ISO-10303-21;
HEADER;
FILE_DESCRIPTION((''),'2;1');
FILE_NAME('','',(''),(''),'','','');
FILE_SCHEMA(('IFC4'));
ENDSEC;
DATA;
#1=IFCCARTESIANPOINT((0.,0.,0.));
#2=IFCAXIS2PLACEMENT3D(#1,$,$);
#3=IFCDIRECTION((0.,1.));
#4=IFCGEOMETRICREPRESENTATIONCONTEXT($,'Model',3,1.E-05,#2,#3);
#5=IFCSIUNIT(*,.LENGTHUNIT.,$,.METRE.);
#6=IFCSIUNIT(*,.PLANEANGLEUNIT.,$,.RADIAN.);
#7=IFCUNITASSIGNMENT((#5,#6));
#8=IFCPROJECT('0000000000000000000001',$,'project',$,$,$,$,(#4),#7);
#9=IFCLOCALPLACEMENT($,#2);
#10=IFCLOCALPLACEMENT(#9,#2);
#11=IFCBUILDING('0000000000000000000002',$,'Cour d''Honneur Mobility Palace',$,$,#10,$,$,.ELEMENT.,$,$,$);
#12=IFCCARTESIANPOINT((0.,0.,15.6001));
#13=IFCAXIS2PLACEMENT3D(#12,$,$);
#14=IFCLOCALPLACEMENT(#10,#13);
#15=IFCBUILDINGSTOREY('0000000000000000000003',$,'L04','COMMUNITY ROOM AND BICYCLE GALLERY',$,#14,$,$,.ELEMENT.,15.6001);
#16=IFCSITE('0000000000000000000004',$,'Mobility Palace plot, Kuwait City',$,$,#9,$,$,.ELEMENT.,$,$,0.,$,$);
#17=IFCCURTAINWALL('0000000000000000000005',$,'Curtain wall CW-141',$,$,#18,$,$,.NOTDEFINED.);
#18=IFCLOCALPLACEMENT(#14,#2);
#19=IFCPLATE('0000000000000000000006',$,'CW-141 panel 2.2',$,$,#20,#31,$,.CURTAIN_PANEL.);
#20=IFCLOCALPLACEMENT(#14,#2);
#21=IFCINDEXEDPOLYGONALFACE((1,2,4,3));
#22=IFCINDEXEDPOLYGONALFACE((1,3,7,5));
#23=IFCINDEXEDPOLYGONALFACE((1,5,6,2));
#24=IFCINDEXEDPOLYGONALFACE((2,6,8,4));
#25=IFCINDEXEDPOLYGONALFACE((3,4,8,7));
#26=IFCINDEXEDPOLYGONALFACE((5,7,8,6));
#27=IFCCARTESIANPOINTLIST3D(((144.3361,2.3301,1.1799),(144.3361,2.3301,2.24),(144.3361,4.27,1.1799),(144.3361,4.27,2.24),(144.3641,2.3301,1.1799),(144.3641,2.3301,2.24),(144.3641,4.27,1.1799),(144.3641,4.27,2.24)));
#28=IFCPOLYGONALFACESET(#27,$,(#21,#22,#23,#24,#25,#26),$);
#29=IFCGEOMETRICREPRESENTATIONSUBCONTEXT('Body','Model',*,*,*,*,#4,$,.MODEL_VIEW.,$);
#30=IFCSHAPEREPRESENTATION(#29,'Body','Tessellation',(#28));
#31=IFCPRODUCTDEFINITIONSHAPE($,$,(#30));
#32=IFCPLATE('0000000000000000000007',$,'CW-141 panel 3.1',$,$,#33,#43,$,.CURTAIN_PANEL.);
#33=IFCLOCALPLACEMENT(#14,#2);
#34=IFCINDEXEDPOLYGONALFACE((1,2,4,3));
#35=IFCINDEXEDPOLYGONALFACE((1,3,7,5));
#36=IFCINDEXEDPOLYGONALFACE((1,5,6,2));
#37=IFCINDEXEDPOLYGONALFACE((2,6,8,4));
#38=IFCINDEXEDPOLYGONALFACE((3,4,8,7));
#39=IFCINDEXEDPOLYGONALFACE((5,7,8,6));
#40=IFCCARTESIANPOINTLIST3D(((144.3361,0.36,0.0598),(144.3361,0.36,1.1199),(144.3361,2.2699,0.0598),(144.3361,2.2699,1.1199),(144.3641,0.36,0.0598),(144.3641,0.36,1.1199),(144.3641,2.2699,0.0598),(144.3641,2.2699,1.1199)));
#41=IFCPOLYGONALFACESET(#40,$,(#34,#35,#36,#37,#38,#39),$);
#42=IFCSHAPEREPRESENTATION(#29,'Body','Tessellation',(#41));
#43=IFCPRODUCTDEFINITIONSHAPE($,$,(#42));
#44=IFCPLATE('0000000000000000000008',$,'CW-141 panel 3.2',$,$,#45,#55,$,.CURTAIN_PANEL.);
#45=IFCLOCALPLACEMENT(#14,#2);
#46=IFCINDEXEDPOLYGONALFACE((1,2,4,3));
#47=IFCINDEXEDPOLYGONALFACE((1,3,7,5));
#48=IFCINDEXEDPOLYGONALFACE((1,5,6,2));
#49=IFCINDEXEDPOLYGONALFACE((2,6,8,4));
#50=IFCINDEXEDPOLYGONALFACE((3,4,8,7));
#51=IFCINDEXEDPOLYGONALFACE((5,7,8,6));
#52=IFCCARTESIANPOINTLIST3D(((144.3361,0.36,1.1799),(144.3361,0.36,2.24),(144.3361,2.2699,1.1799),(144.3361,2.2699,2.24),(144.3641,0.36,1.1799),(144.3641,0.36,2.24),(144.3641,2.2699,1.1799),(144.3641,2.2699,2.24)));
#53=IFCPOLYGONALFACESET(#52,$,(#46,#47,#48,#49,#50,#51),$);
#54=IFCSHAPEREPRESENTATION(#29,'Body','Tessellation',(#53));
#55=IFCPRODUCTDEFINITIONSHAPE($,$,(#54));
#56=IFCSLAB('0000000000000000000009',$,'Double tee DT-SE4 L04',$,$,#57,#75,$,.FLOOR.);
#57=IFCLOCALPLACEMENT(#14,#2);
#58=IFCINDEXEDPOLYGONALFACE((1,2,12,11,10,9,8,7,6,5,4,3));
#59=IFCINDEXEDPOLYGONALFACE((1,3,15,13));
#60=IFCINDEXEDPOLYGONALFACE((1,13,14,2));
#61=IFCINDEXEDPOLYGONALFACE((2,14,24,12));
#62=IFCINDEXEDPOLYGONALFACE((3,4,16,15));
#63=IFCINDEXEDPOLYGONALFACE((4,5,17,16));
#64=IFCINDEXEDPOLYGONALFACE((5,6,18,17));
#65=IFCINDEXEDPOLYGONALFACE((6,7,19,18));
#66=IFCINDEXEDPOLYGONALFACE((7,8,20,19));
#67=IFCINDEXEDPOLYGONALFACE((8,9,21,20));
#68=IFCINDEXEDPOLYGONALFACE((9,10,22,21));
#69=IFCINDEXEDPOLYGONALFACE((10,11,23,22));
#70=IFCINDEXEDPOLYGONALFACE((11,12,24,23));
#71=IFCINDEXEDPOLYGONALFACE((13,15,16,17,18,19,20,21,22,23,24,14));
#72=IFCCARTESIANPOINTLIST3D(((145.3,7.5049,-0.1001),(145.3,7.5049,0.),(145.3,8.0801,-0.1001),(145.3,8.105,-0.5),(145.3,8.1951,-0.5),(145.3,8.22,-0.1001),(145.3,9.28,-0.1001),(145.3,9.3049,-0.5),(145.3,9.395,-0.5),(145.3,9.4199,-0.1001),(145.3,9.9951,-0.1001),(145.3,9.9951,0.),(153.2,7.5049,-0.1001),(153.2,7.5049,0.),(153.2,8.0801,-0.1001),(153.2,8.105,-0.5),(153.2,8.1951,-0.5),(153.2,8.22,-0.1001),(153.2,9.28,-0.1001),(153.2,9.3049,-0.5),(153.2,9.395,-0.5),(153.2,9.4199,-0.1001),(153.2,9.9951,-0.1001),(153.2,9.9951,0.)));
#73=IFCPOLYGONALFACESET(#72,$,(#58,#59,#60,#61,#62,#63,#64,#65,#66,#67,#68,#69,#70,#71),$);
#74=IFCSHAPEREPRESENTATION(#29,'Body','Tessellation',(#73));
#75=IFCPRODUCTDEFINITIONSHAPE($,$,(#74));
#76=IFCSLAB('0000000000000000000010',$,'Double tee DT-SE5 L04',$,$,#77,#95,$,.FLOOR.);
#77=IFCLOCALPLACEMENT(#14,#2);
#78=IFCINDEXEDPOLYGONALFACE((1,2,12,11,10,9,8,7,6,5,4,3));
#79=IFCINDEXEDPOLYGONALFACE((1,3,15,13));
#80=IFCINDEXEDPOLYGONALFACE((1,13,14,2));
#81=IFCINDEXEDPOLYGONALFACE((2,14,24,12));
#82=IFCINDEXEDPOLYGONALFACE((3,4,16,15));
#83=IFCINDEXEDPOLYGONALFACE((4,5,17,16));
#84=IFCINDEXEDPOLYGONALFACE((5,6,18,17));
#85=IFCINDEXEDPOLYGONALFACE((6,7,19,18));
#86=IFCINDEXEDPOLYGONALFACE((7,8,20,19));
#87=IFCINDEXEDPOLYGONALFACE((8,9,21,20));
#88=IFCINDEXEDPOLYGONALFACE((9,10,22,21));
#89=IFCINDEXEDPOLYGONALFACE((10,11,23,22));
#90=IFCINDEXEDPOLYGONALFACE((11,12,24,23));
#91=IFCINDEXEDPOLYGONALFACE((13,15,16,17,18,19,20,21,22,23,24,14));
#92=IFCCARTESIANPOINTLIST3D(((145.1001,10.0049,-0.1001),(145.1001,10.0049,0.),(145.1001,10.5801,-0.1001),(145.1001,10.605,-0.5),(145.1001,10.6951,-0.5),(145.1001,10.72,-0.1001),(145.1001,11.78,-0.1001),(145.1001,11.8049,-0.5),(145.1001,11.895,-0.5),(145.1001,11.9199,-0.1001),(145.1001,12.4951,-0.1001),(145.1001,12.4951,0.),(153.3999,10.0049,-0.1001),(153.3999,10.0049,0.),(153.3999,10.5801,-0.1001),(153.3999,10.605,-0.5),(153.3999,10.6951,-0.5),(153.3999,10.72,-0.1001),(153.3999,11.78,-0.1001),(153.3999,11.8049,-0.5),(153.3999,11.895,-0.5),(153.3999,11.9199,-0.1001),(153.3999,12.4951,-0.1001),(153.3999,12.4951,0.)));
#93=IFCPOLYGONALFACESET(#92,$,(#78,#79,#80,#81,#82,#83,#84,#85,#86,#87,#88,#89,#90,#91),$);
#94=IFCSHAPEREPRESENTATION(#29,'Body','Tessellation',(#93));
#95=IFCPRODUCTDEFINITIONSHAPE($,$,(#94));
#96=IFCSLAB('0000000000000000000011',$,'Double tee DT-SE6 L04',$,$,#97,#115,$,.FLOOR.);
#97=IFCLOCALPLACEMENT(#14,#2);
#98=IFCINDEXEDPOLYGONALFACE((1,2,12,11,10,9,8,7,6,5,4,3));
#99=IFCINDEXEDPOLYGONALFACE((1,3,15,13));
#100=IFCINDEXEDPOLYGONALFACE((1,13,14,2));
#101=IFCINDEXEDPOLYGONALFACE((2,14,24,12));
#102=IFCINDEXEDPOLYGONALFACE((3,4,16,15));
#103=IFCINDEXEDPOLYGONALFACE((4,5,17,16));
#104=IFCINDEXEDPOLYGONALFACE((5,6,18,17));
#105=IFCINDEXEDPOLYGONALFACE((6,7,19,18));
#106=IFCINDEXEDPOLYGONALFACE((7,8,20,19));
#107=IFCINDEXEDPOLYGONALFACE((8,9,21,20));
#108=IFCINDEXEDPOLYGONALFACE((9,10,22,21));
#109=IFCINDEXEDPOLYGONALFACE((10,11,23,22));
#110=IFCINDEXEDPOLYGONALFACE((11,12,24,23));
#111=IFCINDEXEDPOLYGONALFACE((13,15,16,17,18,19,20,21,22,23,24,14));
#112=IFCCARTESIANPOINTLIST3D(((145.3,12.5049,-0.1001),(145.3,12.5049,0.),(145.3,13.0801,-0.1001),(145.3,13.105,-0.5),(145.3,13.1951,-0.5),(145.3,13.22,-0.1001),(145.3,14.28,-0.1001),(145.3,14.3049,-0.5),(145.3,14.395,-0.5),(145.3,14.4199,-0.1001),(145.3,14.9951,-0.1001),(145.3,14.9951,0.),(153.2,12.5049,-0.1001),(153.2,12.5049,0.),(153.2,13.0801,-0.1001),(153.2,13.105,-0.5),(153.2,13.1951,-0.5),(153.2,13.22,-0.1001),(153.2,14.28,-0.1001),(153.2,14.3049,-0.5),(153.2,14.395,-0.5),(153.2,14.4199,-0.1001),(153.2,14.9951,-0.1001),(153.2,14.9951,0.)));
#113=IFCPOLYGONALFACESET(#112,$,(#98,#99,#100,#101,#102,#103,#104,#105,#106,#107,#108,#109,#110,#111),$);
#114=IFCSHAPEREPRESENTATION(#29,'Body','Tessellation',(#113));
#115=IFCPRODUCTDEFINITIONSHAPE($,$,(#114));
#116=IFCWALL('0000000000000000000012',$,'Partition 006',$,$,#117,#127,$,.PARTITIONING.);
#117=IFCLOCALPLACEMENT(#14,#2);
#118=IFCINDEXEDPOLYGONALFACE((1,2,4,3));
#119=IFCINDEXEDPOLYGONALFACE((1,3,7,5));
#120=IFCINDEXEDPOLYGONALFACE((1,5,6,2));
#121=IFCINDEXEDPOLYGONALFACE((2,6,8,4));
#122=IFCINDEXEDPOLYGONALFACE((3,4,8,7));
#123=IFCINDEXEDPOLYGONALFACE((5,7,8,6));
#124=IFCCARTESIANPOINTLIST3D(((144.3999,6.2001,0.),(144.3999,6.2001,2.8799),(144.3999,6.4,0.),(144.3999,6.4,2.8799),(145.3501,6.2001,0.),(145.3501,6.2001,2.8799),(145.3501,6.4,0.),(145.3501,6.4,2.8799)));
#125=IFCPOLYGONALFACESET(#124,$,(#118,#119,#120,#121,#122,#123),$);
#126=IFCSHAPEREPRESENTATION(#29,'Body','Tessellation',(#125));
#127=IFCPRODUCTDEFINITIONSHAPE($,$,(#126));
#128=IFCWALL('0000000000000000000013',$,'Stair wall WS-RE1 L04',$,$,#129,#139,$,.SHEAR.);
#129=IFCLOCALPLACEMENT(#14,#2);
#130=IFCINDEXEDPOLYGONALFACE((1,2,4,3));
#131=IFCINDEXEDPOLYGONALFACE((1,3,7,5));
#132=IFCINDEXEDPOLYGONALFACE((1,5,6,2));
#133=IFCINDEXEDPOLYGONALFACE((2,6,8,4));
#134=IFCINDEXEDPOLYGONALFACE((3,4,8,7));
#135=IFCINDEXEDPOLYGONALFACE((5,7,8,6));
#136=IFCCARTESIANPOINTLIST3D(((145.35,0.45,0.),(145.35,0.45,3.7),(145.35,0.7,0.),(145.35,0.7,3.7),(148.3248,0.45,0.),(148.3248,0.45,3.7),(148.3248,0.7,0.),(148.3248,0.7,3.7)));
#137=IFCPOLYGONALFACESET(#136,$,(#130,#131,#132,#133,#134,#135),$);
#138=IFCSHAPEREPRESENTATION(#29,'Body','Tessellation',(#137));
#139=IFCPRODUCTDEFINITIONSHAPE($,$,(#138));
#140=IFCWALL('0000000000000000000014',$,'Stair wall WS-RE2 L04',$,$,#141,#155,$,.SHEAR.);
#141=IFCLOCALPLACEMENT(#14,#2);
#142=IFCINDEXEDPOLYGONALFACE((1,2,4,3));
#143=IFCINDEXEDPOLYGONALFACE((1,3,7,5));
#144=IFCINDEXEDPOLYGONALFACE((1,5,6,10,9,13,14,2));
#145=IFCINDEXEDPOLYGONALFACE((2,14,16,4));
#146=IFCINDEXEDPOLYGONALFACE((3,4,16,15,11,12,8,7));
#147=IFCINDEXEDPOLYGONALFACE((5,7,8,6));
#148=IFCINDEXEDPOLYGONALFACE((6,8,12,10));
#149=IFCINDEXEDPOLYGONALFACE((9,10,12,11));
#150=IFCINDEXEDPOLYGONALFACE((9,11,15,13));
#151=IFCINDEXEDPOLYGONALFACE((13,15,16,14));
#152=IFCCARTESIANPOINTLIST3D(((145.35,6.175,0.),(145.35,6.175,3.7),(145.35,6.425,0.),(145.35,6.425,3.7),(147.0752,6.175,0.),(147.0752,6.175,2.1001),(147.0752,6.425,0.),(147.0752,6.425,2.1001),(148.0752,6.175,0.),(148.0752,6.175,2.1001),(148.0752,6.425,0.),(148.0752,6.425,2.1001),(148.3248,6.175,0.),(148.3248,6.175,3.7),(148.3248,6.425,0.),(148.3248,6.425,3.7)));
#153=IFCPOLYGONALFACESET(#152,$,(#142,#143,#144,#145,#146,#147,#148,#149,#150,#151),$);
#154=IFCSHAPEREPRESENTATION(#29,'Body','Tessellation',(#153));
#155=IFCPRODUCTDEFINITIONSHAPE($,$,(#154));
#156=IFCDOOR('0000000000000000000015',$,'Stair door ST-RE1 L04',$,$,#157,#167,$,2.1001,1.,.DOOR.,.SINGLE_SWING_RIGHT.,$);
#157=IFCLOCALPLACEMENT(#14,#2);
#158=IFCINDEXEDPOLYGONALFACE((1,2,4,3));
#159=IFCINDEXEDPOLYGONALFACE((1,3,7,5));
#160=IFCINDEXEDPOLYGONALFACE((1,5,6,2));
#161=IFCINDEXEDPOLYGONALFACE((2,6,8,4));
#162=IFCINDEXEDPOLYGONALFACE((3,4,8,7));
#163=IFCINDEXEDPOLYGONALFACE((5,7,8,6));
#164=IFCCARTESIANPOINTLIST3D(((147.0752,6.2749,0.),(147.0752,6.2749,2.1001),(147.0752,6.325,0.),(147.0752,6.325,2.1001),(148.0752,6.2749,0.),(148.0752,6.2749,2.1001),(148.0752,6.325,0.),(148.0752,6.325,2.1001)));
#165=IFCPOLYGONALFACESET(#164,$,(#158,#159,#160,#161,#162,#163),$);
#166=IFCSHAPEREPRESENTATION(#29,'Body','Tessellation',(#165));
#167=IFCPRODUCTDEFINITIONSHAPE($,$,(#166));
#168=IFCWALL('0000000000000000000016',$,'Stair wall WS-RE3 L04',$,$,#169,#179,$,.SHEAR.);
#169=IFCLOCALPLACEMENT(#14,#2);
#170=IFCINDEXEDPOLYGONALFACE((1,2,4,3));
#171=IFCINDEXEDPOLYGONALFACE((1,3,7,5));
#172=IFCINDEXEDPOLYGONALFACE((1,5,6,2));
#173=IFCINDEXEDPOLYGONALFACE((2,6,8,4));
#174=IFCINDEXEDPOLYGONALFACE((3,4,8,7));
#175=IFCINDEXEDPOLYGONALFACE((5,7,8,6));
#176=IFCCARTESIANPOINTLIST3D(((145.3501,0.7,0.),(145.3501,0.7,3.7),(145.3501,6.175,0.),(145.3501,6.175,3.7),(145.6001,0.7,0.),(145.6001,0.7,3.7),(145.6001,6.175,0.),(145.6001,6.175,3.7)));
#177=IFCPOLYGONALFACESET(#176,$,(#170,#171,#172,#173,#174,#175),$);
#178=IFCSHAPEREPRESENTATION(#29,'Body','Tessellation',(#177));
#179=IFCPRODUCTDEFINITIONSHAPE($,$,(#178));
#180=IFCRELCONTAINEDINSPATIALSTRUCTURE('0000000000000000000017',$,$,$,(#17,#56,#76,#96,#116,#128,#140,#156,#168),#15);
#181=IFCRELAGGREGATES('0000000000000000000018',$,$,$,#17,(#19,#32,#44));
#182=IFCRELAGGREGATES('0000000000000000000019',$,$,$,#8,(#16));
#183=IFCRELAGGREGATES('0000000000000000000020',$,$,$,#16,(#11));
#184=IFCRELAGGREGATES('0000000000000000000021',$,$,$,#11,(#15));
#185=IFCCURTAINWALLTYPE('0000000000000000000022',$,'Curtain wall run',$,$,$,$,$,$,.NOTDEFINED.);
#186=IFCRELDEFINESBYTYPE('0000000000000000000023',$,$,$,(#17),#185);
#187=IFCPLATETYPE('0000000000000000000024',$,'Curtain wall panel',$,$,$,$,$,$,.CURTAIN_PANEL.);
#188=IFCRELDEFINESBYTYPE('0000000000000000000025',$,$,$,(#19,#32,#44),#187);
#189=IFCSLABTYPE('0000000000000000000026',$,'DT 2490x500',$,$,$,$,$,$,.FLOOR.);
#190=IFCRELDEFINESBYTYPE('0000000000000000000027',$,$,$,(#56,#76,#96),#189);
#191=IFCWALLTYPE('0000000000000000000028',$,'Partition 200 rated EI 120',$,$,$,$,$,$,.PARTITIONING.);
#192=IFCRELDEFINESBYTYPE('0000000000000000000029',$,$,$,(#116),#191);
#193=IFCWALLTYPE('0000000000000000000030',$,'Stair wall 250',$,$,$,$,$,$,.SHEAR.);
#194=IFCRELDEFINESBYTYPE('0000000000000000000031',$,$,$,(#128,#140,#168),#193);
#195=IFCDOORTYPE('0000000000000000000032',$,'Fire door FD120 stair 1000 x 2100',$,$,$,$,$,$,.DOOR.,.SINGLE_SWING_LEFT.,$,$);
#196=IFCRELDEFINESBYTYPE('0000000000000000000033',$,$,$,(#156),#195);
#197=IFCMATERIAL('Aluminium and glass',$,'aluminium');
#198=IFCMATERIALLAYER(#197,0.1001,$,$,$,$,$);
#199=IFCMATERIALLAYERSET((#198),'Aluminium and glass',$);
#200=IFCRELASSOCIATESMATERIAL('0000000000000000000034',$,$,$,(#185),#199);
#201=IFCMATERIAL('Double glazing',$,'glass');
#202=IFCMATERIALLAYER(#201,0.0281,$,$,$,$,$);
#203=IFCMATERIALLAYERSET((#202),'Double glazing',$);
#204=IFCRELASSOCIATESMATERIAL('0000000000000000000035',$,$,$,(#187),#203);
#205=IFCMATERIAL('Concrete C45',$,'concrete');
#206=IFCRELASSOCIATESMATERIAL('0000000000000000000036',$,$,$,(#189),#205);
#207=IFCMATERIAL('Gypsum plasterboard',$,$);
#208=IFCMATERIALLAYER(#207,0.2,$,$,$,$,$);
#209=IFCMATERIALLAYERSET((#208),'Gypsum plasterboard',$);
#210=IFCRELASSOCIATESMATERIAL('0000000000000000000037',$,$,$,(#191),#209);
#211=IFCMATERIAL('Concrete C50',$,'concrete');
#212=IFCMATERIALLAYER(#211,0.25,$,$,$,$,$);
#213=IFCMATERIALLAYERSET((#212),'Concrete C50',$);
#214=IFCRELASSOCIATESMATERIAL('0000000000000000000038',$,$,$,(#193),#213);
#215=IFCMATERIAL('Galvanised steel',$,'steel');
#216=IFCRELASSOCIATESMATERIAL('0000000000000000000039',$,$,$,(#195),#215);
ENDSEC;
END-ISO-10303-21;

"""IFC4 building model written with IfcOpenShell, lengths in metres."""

from ifc_helpers import new_model, si_unit, direction, frame, frame_2d, origin, origin_2d, place, context, subcontext, project, spatial, polyline, rectangle, outline, extrude, material, layer, layer_set, material_profile, profile_set, type_object, element, fill, aggregate, save


model = new_model("IFC4")

# Units and contexts
model_context = context("Model", 3, precision=1e-05, world=origin(), true_north=direction((0.0, 1.0)))
body_context = subcontext(model_context, "Body", "Model", "MODEL_VIEW")
ifc_project = project(units=[si_unit("LENGTHUNIT", "METRE"), si_unit("PLANEANGLEUNIT", "RADIAN")], contexts=[model_context])

# Site, building, storey
site_placement = place(None, origin())
site = spatial("IfcSite", under=ifc_project, at=site_placement, Name="Mobility Palace plot, Kuwait City", CompositionType="ELEMENT", RefElevation=0.0)
building_placement = place(site_placement, origin())
building = spatial("IfcBuilding", under=site, at=building_placement, Name="Cour d'Honneur Mobility Palace", CompositionType="ELEMENT")
storey_placement = place(building_placement, frame((0.0, 0.0, 15.6001)))
storey = spatial("IfcBuildingStorey", under=building, at=storey_placement, Name="L04", Description="COMMUNITY ROOM AND BICYCLE GALLERY", CompositionType="ELEMENT", Elevation=15.6001)

# Curtain wall
ifc_material_1 = material(Name="Aluminium and glass", Category="aluminium")
ifc_layer_1 = layer(ifc_material_1, 0.1001)
ifc_layer_set_1 = layer_set([ifc_layer_1], Name="Aluminium and glass")
curtain_wall_type = type_object("IfcCurtainWallType", Name="Curtain wall run", PredefinedType="NOTDEFINED", material=ifc_layer_set_1)
curtain_wall_1_placement = place(storey_placement, origin())
curtain_wall_1 = element("IfcCurtainWall", 1, at=curtain_wall_1_placement, inside=storey, type_object=curtain_wall_type, Name="Curtain wall CW-141", PredefinedType="NOTDEFINED")

# Plates
ifc_material_2 = material(Name="Double glazing", Category="glass")
ifc_layer_2 = layer(ifc_material_2, 0.0281)
ifc_layer_set_2 = layer_set([ifc_layer_2], Name="Double glazing")
plate_type = type_object("IfcPlateType", Name="Curtain wall panel", PredefinedType="CURTAIN_PANEL", material=ifc_layer_set_2)
plate_1_placement = place(storey_placement, frame((144.3501, 3.3, 1.1799), z_axis=(0.0, 0.0, 1.0), x_axis=(0.0, -1.0, 0.0)))
plate_1 = element("IfcPlate", 2, at=plate_1_placement, type_object=plate_type, Name="CW-141 panel 2.2", PredefinedType="CURTAIN_PANEL", context=body_context, shape_type="SweptSolid", body=[
    extrude(rectangle(XDim=1.9399, YDim=0.0281, at=origin_2d()), origin(), (0.0, 0.0, 1.0), 1.0601),
])
plate_2_placement = place(storey_placement, frame((144.3501, 1.3149, 0.0598), z_axis=(0.0, 0.0, 1.0), x_axis=(0.0, -1.0, 0.0)))
plate_2 = element("IfcPlate", 3, at=plate_2_placement, type_object=plate_type, Name="CW-141 panel 3.1", PredefinedType="CURTAIN_PANEL", context=body_context, shape_type="SweptSolid", body=[
    extrude(rectangle(XDim=1.9099, YDim=0.0281, at=origin_2d()), origin(), (0.0, 0.0, 1.0), 1.0601),
])
plate_3_placement = place(storey_placement, frame((144.3501, 1.3149, 1.1799), z_axis=(0.0, 0.0, 1.0), x_axis=(0.0, -1.0, 0.0)))
plate_3 = element("IfcPlate", 4, at=plate_3_placement, type_object=plate_type, Name="CW-141 panel 3.2", PredefinedType="CURTAIN_PANEL", context=body_context, shape_type="SweptSolid", body=[
    extrude(rectangle(XDim=1.9099, YDim=0.0281, at=origin_2d()), origin(), (0.0, 0.0, 1.0), 1.0601),
])
aggregate(curtain_wall_1, [plate_1, plate_2, plate_3])

# Slabs
ifc_material_3 = material(Name="Concrete C45", Category="concrete")
ifc_material_profile_1 = material_profile(ifc_material_3, outline(polyline([(-1.2451, 0.0), (1.2451, 0.0), (1.2451, -0.1001), (0.6699, -0.1001), (0.645, -0.5), (0.5549, -0.5), (0.53, -0.1001), (-0.53, -0.1001), (-0.5549, -0.5), (-0.645, -0.5), (-0.6699, -0.1001), (-1.2451, -0.1001), (-1.2451, 0.0)])), Name="DT 2490x500")
ifc_profile_set_1 = profile_set([ifc_material_profile_1], Name="Concrete C45")
slab_type = type_object("IfcSlabType", Name="DT 2490x500", PredefinedType="FLOOR", material=ifc_profile_set_1)
slab_1_placement = place(storey_placement, frame((145.3, 8.75, 0.0), z_axis=(1.0, 0.0, 0.0), x_axis=(0.0, 1.0, 0.0)))
element("IfcSlab", 5, at=slab_1_placement, inside=storey, type_object=slab_type, Name="Double tee DT-SE4 L04", PredefinedType="FLOOR", context=body_context, shape_type="SweptSolid", body=[
    extrude(outline(polyline([(-1.2451, 0.0), (1.2451, 0.0), (1.2451, -0.1001), (0.6699, -0.1001), (0.645, -0.5), (0.5549, -0.5), (0.53, -0.1001), (-0.53, -0.1001), (-0.5549, -0.5), (-0.645, -0.5), (-0.6699, -0.1001), (-1.2451, -0.1001), (-1.2451, 0.0)])), origin(), (0.0, 0.0, 1.0), 7.8999),
])
slab_2_placement = place(storey_placement, frame((145.1001, 11.25, 0.0), z_axis=(1.0, 0.0, 0.0), x_axis=(0.0, 1.0, 0.0)))
element("IfcSlab", 6, at=slab_2_placement, inside=storey, type_object=slab_type, Name="Double tee DT-SE5 L04", PredefinedType="FLOOR", context=body_context, shape_type="SweptSolid", body=[
    extrude(outline(polyline([(-1.2451, 0.0), (1.2451, 0.0), (1.2451, -0.1001), (0.6699, -0.1001), (0.645, -0.5), (0.5549, -0.5), (0.53, -0.1001), (-0.53, -0.1001), (-0.5549, -0.5), (-0.645, -0.5), (-0.6699, -0.1001), (-1.2451, -0.1001), (-1.2451, 0.0)])), origin(), (0.0, 0.0, 1.0), 8.2998),
])
slab_3_placement = place(storey_placement, frame((145.3, 13.75, 0.0), z_axis=(1.0, 0.0, 0.0), x_axis=(0.0, 1.0, 0.0)))
element("IfcSlab", 7, at=slab_3_placement, inside=storey, type_object=slab_type, Name="Double tee DT-SE6 L04", PredefinedType="FLOOR", context=body_context, shape_type="SweptSolid", body=[
    extrude(outline(polyline([(-1.2451, 0.0), (1.2451, 0.0), (1.2451, -0.1001), (0.6699, -0.1001), (0.645, -0.5), (0.5549, -0.5), (0.53, -0.1001), (-0.53, -0.1001), (-0.5549, -0.5), (-0.645, -0.5), (-0.6699, -0.1001), (-1.2451, -0.1001), (-1.2451, 0.0)])), origin(), (0.0, 0.0, 1.0), 7.8999),
])

# Walls
ifc_material_4 = material(Name="Gypsum plasterboard")
ifc_layer_3 = layer(ifc_material_4, 0.2)
ifc_layer_set_3 = layer_set([ifc_layer_3], Name="Gypsum plasterboard")
wall_type_1 = type_object("IfcWallType", Name="Partition 200 rated EI 120", PredefinedType="PARTITIONING", material=ifc_layer_set_3)
wall_1_placement = place(storey_placement, frame((144.3999, 6.3, 0.0), z_axis=(0.0, 0.0, 1.0), x_axis=(1.0, 0.0, 0.0)))
element("IfcWall", 8, at=wall_1_placement, inside=storey, type_object=wall_type_1, Name="Partition 006", PredefinedType="PARTITIONING", context=body_context, shape_type="SweptSolid", body=[
    extrude(rectangle(XDim=0.9502, YDim=0.2, at=frame_2d((0.4751, 0.0))), origin(), (0.0, 0.0, 1.0), 2.8799),
])
ifc_material_5 = material(Name="Concrete C50", Category="concrete")
ifc_layer_4 = layer(ifc_material_5, 0.25)
ifc_layer_set_4 = layer_set([ifc_layer_4], Name="Concrete C50")
wall_type_2 = type_object("IfcWallType", Name="Stair wall 250", PredefinedType="SHEAR", material=ifc_layer_set_4)
wall_2_placement = place(storey_placement, frame((145.3501, 0.575, 0.0), z_axis=(0.0, 0.0, 1.0), x_axis=(1.0, 0.0, 0.0)))
element("IfcWall", 9, at=wall_2_placement, inside=storey, type_object=wall_type_2, Name="Stair wall WS-RE1 L04", PredefinedType="SHEAR", context=body_context, shape_type="SweptSolid", body=[
    extrude(rectangle(XDim=2.9749, YDim=0.25, at=frame_2d((1.4873, 0.0))), origin(), (0.0, 0.0, 1.0), 3.7),
])

# Wall, opening, door
wall_3_placement = place(storey_placement, frame((145.3501, 6.3, 0.0), z_axis=(0.0, 0.0, 1.0), x_axis=(1.0, 0.0, 0.0)))
wall_3 = element("IfcWall", 10, at=wall_3_placement, inside=storey, type_object=wall_type_2, Name="Stair wall WS-RE2 L04", PredefinedType="SHEAR", context=body_context, shape_type="SweptSolid", body=[
    extrude(rectangle(XDim=2.9749, YDim=0.25, at=frame_2d((1.4873, 0.0))), origin(), (0.0, 0.0, 1.0), 3.7),
])
opening_placement = place(wall_3_placement, frame((1.7251, 0.0, 0.0)))
opening = element("IfcOpeningElement", 11, at=opening_placement, cuts=wall_3, PredefinedType="OPENING", context=body_context, shape_type="SweptSolid", body=[
    extrude(rectangle(XDim=1.0, YDim=2.1001, at=frame_2d((0.5, 1.05))), frame((0.0, 0.135, 0.0), z_axis=(0.0, -1.0, 0.0), x_axis=(1.0, 0.0, 0.0)), (0.0, 0.0, 1.0), 0.27),
])
ifc_material_6 = material(Name="Galvanised steel", Category="steel")
door_type = type_object("IfcDoorType", Name="Fire door FD120 stair 1000 x 2100", OperationType="SINGLE_SWING_LEFT", PredefinedType="DOOR", material=ifc_material_6)
door_placement = place(opening_placement, origin())
door = element("IfcDoor", 12, at=door_placement, inside=storey, type_object=door_type, Name="Stair door ST-RE1 L04", OperationType="SINGLE_SWING_RIGHT", OverallHeight=2.1001, OverallWidth=1.0, PredefinedType="DOOR", context=body_context, shape_type="SweptSolid", body=[
    extrude(rectangle(XDim=1.0, YDim=2.1001, at=frame_2d((0.5, 1.05))), frame((0.0, 0.0249, 0.0), z_axis=(0.0, -1.0, 0.0), x_axis=(1.0, 0.0, 0.0)), (0.0, 0.0, 1.0), 0.05),
])
fill(opening, door)

# Wall
wall_4_placement = place(storey_placement, frame((145.4751, 0.7, 0.0), z_axis=(0.0, 0.0, 1.0), x_axis=(0.0, 1.0, 0.0)))
element("IfcWall", 13, at=wall_4_placement, inside=storey, type_object=wall_type_2, Name="Stair wall WS-RE3 L04", PredefinedType="SHEAR", context=body_context, shape_type="SweptSolid", body=[
    extrude(rectangle(XDim=5.4751, YDim=0.25, at=frame_2d((2.7375, 0.0))), origin(), (0.0, 0.0, 1.0), 3.7),
])

save(model, "model.ifc")
